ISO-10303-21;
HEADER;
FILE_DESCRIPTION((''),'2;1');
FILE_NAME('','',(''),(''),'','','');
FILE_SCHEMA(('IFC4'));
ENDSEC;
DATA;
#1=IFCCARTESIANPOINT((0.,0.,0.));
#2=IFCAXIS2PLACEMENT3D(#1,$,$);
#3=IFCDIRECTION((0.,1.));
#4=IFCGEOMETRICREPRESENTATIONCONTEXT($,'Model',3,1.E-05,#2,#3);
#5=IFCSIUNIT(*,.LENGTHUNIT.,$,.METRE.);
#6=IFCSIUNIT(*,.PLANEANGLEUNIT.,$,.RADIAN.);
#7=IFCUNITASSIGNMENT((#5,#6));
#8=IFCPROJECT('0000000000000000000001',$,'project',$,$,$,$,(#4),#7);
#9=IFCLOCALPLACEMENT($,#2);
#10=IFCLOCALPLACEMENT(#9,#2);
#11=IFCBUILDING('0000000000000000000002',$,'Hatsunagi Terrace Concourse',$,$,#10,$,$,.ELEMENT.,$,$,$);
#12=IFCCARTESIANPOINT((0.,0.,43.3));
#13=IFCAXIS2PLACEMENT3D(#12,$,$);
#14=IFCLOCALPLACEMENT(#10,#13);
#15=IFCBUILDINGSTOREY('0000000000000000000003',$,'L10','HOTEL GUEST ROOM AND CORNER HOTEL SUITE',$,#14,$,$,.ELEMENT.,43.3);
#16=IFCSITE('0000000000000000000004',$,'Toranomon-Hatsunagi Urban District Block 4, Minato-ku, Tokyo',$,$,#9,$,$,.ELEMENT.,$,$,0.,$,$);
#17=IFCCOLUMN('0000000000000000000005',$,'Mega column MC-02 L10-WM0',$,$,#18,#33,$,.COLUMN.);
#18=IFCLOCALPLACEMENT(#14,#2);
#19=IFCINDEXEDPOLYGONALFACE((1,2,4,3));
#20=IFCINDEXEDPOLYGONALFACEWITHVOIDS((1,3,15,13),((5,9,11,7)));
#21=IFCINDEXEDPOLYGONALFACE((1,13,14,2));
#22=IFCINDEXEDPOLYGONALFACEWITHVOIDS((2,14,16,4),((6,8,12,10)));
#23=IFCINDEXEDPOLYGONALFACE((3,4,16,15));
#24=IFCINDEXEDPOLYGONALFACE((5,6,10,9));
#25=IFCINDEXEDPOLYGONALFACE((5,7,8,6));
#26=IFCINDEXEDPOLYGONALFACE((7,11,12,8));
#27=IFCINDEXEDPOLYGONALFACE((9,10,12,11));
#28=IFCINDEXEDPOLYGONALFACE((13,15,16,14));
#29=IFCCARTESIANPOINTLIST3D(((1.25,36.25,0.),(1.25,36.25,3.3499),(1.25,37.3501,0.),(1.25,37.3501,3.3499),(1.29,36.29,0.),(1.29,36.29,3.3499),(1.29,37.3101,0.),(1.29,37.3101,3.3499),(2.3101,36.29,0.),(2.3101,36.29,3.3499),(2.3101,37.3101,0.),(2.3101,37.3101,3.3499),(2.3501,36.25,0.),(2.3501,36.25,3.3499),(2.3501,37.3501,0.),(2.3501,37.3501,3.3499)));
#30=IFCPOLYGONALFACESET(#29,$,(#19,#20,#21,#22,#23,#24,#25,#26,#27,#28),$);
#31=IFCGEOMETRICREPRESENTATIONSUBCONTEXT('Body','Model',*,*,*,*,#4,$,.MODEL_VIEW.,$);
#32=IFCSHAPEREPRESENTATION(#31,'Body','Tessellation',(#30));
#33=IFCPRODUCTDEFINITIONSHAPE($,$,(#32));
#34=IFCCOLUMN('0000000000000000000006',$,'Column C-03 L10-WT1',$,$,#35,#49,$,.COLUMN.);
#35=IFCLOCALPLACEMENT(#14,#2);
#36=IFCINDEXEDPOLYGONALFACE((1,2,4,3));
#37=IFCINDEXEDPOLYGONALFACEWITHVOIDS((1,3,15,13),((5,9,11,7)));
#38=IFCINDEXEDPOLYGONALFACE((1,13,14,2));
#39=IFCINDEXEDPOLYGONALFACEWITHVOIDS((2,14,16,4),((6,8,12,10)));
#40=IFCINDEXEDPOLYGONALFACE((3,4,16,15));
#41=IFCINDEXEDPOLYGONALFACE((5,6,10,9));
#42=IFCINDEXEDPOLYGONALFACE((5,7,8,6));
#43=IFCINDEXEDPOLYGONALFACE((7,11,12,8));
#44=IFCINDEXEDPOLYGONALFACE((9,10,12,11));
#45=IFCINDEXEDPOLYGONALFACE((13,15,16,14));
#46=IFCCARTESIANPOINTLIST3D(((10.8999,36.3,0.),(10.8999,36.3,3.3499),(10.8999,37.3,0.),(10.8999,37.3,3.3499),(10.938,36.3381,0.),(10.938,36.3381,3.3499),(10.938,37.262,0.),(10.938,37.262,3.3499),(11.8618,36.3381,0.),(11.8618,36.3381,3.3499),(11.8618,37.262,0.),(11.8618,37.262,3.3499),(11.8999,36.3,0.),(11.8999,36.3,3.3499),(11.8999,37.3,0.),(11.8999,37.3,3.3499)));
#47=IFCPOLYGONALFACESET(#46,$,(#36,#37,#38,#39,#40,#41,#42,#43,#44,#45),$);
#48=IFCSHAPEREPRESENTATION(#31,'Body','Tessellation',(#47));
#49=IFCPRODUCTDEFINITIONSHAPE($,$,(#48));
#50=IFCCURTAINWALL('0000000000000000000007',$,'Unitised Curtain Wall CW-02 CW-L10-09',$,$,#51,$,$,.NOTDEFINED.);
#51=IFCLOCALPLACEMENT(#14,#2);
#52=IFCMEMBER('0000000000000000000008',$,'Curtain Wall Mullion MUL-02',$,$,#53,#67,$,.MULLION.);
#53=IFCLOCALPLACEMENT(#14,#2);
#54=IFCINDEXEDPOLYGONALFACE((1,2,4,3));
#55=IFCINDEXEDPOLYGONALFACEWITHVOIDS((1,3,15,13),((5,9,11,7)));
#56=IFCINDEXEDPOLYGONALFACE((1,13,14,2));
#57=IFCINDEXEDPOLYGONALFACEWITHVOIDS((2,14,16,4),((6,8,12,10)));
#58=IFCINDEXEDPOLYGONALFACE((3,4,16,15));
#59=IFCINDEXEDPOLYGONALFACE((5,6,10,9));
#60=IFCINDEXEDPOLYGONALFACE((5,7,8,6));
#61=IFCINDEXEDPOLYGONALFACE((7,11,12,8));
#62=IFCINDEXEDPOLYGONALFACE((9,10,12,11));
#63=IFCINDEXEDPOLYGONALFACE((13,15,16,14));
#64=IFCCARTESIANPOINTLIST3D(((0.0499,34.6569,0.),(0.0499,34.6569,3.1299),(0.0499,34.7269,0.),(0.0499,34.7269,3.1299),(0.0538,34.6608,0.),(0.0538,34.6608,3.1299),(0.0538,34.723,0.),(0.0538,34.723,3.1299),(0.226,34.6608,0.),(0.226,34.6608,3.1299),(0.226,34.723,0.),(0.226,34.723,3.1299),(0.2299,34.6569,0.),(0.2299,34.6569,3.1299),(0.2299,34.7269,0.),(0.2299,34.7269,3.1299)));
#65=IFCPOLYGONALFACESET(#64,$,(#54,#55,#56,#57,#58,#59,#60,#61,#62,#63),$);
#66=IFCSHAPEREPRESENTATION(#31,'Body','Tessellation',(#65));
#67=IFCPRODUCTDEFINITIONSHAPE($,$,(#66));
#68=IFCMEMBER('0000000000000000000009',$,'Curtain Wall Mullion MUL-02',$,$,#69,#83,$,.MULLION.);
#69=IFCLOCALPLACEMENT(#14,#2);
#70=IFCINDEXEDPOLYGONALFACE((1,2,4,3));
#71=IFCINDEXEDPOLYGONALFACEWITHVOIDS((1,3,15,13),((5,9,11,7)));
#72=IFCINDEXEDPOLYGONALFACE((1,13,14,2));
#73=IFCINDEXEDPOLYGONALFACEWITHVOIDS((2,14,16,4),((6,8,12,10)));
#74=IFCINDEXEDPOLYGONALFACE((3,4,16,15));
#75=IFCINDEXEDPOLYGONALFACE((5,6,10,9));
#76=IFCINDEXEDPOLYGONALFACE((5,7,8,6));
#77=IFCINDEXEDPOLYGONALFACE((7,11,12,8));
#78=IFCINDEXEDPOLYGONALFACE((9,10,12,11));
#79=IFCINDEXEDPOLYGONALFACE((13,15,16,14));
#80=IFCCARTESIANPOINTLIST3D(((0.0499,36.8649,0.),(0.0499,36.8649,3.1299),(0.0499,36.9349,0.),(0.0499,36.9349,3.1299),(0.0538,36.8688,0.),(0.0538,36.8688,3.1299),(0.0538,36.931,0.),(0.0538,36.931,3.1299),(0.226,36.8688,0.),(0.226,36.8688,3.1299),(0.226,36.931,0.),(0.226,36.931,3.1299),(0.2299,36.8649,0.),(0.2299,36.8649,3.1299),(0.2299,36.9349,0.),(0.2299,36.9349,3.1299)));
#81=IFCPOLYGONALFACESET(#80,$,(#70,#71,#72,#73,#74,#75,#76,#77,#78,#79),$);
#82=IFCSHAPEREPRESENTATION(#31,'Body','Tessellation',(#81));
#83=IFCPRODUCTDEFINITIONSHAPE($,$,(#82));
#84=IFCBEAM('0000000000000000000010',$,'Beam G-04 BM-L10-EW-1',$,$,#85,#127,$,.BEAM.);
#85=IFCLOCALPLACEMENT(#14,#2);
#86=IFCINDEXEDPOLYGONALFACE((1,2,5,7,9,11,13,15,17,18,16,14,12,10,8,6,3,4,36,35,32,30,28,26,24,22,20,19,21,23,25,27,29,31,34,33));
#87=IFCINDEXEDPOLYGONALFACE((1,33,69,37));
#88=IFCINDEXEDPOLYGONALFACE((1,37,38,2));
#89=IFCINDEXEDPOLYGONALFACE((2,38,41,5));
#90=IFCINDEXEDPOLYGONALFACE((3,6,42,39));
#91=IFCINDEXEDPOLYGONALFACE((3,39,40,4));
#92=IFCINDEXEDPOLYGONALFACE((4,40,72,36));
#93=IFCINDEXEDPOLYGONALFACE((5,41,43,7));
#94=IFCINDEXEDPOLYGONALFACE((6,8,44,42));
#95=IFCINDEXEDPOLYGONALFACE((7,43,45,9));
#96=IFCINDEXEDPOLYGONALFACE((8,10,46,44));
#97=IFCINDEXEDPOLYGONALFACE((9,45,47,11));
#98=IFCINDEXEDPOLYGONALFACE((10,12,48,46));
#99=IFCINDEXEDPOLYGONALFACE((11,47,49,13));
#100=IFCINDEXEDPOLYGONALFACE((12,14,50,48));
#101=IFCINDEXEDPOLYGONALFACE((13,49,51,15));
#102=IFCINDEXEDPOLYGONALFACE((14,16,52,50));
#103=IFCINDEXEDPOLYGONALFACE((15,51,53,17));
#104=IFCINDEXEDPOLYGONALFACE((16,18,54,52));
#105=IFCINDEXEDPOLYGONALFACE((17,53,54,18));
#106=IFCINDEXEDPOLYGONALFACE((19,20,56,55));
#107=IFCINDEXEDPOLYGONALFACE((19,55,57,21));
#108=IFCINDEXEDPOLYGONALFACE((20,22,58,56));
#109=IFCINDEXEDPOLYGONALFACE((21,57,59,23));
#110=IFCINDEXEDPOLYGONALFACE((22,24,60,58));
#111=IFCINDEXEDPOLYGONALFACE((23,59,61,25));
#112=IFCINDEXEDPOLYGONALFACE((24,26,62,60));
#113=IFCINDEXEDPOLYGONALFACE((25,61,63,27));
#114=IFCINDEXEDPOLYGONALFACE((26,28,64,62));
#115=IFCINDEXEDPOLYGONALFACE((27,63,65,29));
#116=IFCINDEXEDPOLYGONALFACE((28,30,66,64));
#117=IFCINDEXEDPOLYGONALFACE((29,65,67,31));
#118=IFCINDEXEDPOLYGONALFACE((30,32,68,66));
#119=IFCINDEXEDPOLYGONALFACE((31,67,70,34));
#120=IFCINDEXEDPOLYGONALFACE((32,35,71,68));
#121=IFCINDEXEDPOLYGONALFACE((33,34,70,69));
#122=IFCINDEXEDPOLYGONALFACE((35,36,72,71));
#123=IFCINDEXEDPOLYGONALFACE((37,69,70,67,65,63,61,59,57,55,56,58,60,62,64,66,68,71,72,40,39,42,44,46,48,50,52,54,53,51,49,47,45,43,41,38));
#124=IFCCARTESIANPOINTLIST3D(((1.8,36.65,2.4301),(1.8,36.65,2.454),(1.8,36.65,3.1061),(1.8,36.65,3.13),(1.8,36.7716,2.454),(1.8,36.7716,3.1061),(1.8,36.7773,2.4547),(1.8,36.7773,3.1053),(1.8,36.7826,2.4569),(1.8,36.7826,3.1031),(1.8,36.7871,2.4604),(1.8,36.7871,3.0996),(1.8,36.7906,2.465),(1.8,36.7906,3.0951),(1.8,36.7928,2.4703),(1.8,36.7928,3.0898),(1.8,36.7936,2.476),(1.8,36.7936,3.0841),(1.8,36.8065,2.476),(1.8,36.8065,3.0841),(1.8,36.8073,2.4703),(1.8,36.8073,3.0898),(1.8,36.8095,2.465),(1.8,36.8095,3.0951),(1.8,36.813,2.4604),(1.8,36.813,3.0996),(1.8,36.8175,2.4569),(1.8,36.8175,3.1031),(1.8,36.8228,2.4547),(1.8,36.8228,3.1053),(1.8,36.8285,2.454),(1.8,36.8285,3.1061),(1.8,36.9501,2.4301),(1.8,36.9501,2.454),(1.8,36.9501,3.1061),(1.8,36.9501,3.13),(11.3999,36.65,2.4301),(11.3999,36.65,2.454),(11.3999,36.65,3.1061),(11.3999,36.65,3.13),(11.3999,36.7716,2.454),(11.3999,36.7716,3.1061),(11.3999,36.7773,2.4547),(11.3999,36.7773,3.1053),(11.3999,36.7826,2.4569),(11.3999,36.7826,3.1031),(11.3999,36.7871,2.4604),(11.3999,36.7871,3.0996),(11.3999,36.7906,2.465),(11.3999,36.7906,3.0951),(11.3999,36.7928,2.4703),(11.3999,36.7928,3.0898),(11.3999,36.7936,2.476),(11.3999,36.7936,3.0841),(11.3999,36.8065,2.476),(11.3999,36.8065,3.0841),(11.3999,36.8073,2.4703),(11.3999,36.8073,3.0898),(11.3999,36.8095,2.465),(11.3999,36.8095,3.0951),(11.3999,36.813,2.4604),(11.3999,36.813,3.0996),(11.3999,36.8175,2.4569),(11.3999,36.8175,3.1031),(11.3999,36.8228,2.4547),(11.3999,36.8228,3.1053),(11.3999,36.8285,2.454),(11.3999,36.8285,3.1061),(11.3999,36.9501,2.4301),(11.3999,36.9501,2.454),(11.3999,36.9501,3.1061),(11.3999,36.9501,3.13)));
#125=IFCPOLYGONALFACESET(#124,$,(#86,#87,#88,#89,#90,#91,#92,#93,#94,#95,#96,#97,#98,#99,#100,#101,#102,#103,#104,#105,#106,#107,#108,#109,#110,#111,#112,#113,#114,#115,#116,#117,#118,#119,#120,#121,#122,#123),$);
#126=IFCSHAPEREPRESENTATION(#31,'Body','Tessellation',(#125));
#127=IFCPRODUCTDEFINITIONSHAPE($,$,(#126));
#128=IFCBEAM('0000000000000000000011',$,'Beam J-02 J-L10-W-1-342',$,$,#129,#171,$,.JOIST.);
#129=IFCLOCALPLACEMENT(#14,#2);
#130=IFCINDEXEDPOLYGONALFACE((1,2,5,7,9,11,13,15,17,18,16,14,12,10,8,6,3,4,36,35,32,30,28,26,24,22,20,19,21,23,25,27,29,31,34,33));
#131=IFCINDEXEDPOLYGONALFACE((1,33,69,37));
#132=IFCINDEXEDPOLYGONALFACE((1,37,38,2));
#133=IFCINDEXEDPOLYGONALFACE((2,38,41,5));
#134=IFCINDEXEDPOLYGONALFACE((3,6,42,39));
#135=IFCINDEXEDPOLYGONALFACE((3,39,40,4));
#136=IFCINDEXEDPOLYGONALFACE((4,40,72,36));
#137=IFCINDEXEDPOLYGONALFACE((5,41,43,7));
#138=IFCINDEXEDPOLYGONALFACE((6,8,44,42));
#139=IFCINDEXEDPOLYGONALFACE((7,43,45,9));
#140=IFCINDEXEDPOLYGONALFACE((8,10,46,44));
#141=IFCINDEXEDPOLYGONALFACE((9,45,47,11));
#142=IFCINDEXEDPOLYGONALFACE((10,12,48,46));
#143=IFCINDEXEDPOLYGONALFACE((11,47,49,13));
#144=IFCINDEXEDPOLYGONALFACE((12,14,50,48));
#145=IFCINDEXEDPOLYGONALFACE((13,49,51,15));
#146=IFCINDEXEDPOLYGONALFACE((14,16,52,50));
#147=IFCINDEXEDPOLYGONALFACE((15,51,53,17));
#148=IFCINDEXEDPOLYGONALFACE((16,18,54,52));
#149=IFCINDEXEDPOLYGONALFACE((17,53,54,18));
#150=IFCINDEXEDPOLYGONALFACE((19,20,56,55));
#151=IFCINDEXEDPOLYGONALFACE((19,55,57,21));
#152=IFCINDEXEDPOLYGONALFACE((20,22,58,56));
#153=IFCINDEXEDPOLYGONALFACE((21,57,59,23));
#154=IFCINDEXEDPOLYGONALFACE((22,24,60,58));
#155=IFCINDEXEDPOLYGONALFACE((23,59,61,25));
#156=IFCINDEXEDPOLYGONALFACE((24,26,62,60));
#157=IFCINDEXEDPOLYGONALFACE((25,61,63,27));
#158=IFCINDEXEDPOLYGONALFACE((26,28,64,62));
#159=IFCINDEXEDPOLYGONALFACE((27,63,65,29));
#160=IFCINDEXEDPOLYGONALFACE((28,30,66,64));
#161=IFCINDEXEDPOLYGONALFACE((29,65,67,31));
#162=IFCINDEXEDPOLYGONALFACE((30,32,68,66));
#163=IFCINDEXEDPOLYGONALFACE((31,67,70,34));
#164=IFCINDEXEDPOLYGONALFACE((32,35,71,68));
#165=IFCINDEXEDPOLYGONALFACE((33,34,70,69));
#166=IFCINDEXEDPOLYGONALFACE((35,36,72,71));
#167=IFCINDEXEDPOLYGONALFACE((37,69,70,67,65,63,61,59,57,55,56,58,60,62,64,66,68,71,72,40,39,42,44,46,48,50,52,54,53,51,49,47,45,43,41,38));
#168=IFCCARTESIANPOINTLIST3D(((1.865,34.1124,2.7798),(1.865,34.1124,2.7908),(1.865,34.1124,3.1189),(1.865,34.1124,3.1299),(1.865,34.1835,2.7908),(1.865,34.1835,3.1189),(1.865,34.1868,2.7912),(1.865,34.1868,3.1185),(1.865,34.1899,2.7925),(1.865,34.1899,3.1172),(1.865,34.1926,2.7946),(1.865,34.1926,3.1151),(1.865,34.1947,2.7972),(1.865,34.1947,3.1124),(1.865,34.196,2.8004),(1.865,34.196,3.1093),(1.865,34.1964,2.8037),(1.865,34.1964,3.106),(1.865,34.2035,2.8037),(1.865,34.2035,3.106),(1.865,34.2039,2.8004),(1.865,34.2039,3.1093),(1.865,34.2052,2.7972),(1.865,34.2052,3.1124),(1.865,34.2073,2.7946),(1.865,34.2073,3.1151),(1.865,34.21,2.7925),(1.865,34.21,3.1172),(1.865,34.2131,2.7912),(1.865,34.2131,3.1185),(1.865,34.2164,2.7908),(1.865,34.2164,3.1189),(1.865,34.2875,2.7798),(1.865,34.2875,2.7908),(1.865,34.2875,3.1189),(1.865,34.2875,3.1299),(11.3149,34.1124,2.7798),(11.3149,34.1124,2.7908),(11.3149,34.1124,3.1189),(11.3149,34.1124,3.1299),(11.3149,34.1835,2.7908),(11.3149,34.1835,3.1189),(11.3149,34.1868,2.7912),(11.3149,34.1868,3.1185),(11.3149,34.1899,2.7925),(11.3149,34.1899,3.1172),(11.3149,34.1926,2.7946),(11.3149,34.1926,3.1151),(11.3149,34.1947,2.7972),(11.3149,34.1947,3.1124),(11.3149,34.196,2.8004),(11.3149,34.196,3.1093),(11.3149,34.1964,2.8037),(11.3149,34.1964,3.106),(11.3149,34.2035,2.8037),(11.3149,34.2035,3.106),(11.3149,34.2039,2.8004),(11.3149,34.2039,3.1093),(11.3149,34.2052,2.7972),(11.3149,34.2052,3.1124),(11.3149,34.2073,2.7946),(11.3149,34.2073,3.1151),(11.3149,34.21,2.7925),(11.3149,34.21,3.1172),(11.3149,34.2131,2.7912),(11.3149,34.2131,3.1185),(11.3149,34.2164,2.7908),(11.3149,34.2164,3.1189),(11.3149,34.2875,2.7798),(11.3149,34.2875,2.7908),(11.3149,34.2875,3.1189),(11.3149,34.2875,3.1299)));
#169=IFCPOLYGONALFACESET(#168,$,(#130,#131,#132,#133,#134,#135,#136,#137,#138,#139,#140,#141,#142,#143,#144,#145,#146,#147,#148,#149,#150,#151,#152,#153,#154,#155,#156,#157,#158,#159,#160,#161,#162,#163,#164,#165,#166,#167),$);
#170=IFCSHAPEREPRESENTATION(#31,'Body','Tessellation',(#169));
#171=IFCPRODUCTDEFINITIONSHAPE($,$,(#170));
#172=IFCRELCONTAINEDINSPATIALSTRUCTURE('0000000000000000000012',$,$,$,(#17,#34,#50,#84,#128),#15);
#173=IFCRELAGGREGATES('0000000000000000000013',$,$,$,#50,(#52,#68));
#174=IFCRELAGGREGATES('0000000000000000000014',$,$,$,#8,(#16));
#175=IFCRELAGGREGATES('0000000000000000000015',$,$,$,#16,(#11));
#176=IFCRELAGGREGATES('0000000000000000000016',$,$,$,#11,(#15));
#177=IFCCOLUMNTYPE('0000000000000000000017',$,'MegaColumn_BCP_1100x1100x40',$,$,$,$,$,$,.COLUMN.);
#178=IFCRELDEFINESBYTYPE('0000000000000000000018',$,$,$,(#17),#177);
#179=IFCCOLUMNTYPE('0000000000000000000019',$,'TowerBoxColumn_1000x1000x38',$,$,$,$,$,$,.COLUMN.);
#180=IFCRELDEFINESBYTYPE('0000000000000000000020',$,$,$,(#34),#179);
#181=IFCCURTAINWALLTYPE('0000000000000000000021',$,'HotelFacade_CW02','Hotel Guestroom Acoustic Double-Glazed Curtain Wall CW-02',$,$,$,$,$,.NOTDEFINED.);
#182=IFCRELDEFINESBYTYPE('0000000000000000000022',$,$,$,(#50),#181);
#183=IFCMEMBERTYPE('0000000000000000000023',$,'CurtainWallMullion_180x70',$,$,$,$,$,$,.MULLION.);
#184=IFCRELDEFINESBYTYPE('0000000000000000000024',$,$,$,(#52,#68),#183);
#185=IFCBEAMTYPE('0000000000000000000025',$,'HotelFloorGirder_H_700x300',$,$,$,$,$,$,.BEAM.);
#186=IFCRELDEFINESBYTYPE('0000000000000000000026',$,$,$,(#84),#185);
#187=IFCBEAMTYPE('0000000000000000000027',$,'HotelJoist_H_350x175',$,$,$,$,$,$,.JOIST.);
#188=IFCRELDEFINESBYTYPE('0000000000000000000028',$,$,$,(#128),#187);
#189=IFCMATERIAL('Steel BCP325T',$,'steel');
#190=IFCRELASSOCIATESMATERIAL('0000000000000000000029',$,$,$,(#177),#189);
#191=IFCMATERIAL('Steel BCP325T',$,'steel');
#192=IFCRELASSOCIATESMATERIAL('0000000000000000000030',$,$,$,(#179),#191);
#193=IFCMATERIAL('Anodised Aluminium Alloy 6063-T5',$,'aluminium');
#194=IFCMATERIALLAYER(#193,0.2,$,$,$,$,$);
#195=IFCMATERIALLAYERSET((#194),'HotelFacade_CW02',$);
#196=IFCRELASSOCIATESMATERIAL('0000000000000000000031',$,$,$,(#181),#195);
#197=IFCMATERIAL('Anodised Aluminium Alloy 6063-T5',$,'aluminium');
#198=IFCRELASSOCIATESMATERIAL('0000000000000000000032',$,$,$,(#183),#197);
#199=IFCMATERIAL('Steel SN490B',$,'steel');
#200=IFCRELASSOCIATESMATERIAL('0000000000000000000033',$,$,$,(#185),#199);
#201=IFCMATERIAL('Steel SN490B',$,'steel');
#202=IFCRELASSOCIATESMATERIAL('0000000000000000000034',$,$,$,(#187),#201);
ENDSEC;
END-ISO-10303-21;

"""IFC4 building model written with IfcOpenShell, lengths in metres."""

from ifc_helpers import new_model, si_unit, direction, frame, origin, origin_2d, place, context, subcontext, project, spatial, hollow_rectangle, i_section, extrude, material, layer, layer_set, material_profile, profile_set, type_object, element, aggregate, save


model = new_model("IFC4")

# Units and contexts
model_context = context("Model", 3, precision=1e-05, world=origin(), true_north=direction((0.0, 1.0)))
body_context = subcontext(model_context, "Body", "Model", "MODEL_VIEW")
ifc_project = project(units=[si_unit("LENGTHUNIT", "METRE"), si_unit("PLANEANGLEUNIT", "RADIAN")], contexts=[model_context])

# Site, building, storey
site_placement = place(None, origin())
site = spatial("IfcSite", under=ifc_project, at=site_placement, Name="Toranomon-Hatsunagi Urban District Block 4, Minato-ku, Tokyo", CompositionType="ELEMENT", RefElevation=0.0)
building_placement = place(site_placement, origin())
building = spatial("IfcBuilding", under=site, at=building_placement, Name="Hatsunagi Terrace Concourse", CompositionType="ELEMENT")
storey_placement = place(building_placement, frame((0.0, 0.0, 43.3)))
storey = spatial("IfcBuildingStorey", under=building, at=storey_placement, Name="L10", Description="HOTEL GUEST ROOM AND CORNER HOTEL SUITE", CompositionType="ELEMENT", Elevation=43.3)

# Columns
ifc_material_1 = material(Name="Steel BCP325T", Category="steel")
ifc_material_profile_1 = material_profile(ifc_material_1, hollow_rectangle(XDim=1.1001, YDim=1.1001, WallThickness=0.04, at=origin_2d()), Name="BCP-1100x1100x40")
ifc_profile_set_1 = profile_set([ifc_material_profile_1], Name="Steel BCP325T")
column_type_1 = type_object("IfcColumnType", Name="MegaColumn_BCP_1100x1100x40", PredefinedType="COLUMN", material=ifc_profile_set_1)
column_1_placement = place(storey_placement, frame((1.8, 36.8, 0.0), z_axis=(0.0, 0.0, 1.0), x_axis=(1.0, 0.0, 0.0)))
element("IfcColumn", 1, at=column_1_placement, inside=storey, type_object=column_type_1, Name="Mega column MC-02 L10-WM0", PredefinedType="COLUMN", context=body_context, shape_type="SweptSolid", body=[
    extrude(hollow_rectangle(XDim=1.1001, YDim=1.1001, WallThickness=0.04, at=origin_2d()), origin(), (0.0, 0.0, 1.0), 3.3499),
])
ifc_material_2 = material(Name="Steel BCP325T", Category="steel")
ifc_material_profile_2 = material_profile(ifc_material_2, hollow_rectangle(XDim=1.0, YDim=1.0, WallThickness=0.0381, at=origin_2d()), Name="BCP-1000x1000x38")
ifc_profile_set_2 = profile_set([ifc_material_profile_2], Name="Steel BCP325T")
column_type_2 = type_object("IfcColumnType", Name="TowerBoxColumn_1000x1000x38", PredefinedType="COLUMN", material=ifc_profile_set_2)
column_2_placement = place(storey_placement, frame((11.3999, 36.8, 0.0), z_axis=(0.0, 0.0, 1.0), x_axis=(1.0, 0.0, 0.0)))
element("IfcColumn", 2, at=column_2_placement, inside=storey, type_object=column_type_2, Name="Column C-03 L10-WT1", PredefinedType="COLUMN", context=body_context, shape_type="SweptSolid", body=[
    extrude(hollow_rectangle(XDim=1.0, YDim=1.0, WallThickness=0.0381, at=origin_2d()), origin(), (0.0, 0.0, 1.0), 3.3499),
])

# Curtain wall, members
ifc_material_3 = material(Name="Anodised Aluminium Alloy 6063-T5", Category="aluminium")
ifc_layer_1 = layer(ifc_material_3, 0.2)
ifc_layer_set_1 = layer_set([ifc_layer_1], Name="HotelFacade_CW02")
curtain_wall_type = type_object("IfcCurtainWallType", Name="HotelFacade_CW02", Description="Hotel Guestroom Acoustic Double-Glazed Curtain Wall CW-02", PredefinedType="NOTDEFINED", material=ifc_layer_set_1)
curtain_wall_placement = place(storey_placement, origin())
curtain_wall = element("IfcCurtainWall", 3, at=curtain_wall_placement, inside=storey, type_object=curtain_wall_type, Name="Unitised Curtain Wall CW-02 CW-L10-09", PredefinedType="NOTDEFINED")
ifc_material_4 = material(Name="Anodised Aluminium Alloy 6063-T5", Category="aluminium")
ifc_material_profile_3 = material_profile(ifc_material_4, hollow_rectangle(XDim=0.0701, YDim=0.1799, WallThickness=0.0039, at=origin_2d()), Name="ALU-MUL-180x70x4")
ifc_profile_set_3 = profile_set([ifc_material_profile_3], Name="Anodised Aluminium Alloy 6063-T5")
member_type = type_object("IfcMemberType", Name="CurtainWallMullion_180x70", PredefinedType="MULLION", material=ifc_profile_set_3)
member_1_placement = place(storey_placement, frame((0.1399, 34.6919, 0.0), z_axis=(0.0, 0.0, 1.0), x_axis=(0.0, 1.0, 0.0)))
member_1 = element("IfcMember", 4, at=member_1_placement, type_object=member_type, Name="Curtain Wall Mullion MUL-02", PredefinedType="MULLION", context=body_context, shape_type="SweptSolid", body=[
    extrude(hollow_rectangle(XDim=0.0701, YDim=0.1799, WallThickness=0.0039, at=origin_2d()), origin(), (0.0, 0.0, 1.0), 3.1299),
])
member_2_placement = place(storey_placement, frame((0.1399, 36.8999, 0.0), z_axis=(0.0, 0.0, 1.0), x_axis=(0.0, 1.0, 0.0)))
member_2 = element("IfcMember", 5, at=member_2_placement, type_object=member_type, Name="Curtain Wall Mullion MUL-02", PredefinedType="MULLION", context=body_context, shape_type="SweptSolid", body=[
    extrude(hollow_rectangle(XDim=0.0701, YDim=0.1799, WallThickness=0.0039, at=origin_2d()), origin(), (0.0, 0.0, 1.0), 3.1299),
])

# Beams
ifc_material_5 = material(Name="Steel SN490B", Category="steel")
ifc_material_profile_4 = material_profile(ifc_material_5, i_section(OverallWidth=0.3, OverallDepth=0.7, WebThickness=0.0129, FlangeThickness=0.0239, FilletRadius=0.022, at=origin_2d()), Name="H-700x300x13x24")
ifc_profile_set_4 = profile_set([ifc_material_profile_4], Name="Steel SN490B")
beam_type_1 = type_object("IfcBeamType", Name="HotelFloorGirder_H_700x300", PredefinedType="BEAM", material=ifc_profile_set_4)
beam_1_placement = place(storey_placement, frame((1.8, 36.8, 2.78), z_axis=(1.0, 0.0, 0.0), x_axis=(0.0, 1.0, 0.0)))
element("IfcBeam", 6, at=beam_1_placement, inside=storey, type_object=beam_type_1, Name="Beam G-04 BM-L10-EW-1", PredefinedType="BEAM", context=body_context, shape_type="SweptSolid", body=[
    extrude(i_section(OverallWidth=0.3, OverallDepth=0.7, WebThickness=0.0129, FlangeThickness=0.0239, FilletRadius=0.022, at=origin_2d()), origin(), (0.0, 0.0, 1.0), 9.5999),
])
ifc_material_6 = material(Name="Steel SN490B", Category="steel")
ifc_material_profile_5 = material_profile(ifc_material_6, i_section(OverallWidth=0.175, OverallDepth=0.3501, WebThickness=0.0071, FlangeThickness=0.011, FilletRadius=0.0129, at=origin_2d()), Name="H-350x175x7x11")
ifc_profile_set_5 = profile_set([ifc_material_profile_5], Name="Steel SN490B")
beam_type_2 = type_object("IfcBeamType", Name="HotelJoist_H_350x175", PredefinedType="JOIST", material=ifc_profile_set_5)
for number, where, z_axis, x_axis, name in (
    (7, (1.865, 34.2, 2.9548), (1.0, 0.0, 0.0), (0.0, 1.0, 0.0), "Beam J-02 J-L10-W-1-342"),
):
    element("IfcBeam", number, at=place(storey_placement, frame(where, z_axis=z_axis, x_axis=x_axis)), inside=storey, type_object=beam_type_2, Name=name, PredefinedType="JOIST", context=body_context, shape_type="SweptSolid", body=[
        extrude(i_section(OverallWidth=0.175, OverallDepth=0.3501, WebThickness=0.0071, FlangeThickness=0.011, FilletRadius=0.0129, at=origin_2d()), origin(), (0.0, 0.0, 1.0), 9.45),
    ])

aggregate(curtain_wall, [member_1, member_2])

save(model, "model.ifc")
